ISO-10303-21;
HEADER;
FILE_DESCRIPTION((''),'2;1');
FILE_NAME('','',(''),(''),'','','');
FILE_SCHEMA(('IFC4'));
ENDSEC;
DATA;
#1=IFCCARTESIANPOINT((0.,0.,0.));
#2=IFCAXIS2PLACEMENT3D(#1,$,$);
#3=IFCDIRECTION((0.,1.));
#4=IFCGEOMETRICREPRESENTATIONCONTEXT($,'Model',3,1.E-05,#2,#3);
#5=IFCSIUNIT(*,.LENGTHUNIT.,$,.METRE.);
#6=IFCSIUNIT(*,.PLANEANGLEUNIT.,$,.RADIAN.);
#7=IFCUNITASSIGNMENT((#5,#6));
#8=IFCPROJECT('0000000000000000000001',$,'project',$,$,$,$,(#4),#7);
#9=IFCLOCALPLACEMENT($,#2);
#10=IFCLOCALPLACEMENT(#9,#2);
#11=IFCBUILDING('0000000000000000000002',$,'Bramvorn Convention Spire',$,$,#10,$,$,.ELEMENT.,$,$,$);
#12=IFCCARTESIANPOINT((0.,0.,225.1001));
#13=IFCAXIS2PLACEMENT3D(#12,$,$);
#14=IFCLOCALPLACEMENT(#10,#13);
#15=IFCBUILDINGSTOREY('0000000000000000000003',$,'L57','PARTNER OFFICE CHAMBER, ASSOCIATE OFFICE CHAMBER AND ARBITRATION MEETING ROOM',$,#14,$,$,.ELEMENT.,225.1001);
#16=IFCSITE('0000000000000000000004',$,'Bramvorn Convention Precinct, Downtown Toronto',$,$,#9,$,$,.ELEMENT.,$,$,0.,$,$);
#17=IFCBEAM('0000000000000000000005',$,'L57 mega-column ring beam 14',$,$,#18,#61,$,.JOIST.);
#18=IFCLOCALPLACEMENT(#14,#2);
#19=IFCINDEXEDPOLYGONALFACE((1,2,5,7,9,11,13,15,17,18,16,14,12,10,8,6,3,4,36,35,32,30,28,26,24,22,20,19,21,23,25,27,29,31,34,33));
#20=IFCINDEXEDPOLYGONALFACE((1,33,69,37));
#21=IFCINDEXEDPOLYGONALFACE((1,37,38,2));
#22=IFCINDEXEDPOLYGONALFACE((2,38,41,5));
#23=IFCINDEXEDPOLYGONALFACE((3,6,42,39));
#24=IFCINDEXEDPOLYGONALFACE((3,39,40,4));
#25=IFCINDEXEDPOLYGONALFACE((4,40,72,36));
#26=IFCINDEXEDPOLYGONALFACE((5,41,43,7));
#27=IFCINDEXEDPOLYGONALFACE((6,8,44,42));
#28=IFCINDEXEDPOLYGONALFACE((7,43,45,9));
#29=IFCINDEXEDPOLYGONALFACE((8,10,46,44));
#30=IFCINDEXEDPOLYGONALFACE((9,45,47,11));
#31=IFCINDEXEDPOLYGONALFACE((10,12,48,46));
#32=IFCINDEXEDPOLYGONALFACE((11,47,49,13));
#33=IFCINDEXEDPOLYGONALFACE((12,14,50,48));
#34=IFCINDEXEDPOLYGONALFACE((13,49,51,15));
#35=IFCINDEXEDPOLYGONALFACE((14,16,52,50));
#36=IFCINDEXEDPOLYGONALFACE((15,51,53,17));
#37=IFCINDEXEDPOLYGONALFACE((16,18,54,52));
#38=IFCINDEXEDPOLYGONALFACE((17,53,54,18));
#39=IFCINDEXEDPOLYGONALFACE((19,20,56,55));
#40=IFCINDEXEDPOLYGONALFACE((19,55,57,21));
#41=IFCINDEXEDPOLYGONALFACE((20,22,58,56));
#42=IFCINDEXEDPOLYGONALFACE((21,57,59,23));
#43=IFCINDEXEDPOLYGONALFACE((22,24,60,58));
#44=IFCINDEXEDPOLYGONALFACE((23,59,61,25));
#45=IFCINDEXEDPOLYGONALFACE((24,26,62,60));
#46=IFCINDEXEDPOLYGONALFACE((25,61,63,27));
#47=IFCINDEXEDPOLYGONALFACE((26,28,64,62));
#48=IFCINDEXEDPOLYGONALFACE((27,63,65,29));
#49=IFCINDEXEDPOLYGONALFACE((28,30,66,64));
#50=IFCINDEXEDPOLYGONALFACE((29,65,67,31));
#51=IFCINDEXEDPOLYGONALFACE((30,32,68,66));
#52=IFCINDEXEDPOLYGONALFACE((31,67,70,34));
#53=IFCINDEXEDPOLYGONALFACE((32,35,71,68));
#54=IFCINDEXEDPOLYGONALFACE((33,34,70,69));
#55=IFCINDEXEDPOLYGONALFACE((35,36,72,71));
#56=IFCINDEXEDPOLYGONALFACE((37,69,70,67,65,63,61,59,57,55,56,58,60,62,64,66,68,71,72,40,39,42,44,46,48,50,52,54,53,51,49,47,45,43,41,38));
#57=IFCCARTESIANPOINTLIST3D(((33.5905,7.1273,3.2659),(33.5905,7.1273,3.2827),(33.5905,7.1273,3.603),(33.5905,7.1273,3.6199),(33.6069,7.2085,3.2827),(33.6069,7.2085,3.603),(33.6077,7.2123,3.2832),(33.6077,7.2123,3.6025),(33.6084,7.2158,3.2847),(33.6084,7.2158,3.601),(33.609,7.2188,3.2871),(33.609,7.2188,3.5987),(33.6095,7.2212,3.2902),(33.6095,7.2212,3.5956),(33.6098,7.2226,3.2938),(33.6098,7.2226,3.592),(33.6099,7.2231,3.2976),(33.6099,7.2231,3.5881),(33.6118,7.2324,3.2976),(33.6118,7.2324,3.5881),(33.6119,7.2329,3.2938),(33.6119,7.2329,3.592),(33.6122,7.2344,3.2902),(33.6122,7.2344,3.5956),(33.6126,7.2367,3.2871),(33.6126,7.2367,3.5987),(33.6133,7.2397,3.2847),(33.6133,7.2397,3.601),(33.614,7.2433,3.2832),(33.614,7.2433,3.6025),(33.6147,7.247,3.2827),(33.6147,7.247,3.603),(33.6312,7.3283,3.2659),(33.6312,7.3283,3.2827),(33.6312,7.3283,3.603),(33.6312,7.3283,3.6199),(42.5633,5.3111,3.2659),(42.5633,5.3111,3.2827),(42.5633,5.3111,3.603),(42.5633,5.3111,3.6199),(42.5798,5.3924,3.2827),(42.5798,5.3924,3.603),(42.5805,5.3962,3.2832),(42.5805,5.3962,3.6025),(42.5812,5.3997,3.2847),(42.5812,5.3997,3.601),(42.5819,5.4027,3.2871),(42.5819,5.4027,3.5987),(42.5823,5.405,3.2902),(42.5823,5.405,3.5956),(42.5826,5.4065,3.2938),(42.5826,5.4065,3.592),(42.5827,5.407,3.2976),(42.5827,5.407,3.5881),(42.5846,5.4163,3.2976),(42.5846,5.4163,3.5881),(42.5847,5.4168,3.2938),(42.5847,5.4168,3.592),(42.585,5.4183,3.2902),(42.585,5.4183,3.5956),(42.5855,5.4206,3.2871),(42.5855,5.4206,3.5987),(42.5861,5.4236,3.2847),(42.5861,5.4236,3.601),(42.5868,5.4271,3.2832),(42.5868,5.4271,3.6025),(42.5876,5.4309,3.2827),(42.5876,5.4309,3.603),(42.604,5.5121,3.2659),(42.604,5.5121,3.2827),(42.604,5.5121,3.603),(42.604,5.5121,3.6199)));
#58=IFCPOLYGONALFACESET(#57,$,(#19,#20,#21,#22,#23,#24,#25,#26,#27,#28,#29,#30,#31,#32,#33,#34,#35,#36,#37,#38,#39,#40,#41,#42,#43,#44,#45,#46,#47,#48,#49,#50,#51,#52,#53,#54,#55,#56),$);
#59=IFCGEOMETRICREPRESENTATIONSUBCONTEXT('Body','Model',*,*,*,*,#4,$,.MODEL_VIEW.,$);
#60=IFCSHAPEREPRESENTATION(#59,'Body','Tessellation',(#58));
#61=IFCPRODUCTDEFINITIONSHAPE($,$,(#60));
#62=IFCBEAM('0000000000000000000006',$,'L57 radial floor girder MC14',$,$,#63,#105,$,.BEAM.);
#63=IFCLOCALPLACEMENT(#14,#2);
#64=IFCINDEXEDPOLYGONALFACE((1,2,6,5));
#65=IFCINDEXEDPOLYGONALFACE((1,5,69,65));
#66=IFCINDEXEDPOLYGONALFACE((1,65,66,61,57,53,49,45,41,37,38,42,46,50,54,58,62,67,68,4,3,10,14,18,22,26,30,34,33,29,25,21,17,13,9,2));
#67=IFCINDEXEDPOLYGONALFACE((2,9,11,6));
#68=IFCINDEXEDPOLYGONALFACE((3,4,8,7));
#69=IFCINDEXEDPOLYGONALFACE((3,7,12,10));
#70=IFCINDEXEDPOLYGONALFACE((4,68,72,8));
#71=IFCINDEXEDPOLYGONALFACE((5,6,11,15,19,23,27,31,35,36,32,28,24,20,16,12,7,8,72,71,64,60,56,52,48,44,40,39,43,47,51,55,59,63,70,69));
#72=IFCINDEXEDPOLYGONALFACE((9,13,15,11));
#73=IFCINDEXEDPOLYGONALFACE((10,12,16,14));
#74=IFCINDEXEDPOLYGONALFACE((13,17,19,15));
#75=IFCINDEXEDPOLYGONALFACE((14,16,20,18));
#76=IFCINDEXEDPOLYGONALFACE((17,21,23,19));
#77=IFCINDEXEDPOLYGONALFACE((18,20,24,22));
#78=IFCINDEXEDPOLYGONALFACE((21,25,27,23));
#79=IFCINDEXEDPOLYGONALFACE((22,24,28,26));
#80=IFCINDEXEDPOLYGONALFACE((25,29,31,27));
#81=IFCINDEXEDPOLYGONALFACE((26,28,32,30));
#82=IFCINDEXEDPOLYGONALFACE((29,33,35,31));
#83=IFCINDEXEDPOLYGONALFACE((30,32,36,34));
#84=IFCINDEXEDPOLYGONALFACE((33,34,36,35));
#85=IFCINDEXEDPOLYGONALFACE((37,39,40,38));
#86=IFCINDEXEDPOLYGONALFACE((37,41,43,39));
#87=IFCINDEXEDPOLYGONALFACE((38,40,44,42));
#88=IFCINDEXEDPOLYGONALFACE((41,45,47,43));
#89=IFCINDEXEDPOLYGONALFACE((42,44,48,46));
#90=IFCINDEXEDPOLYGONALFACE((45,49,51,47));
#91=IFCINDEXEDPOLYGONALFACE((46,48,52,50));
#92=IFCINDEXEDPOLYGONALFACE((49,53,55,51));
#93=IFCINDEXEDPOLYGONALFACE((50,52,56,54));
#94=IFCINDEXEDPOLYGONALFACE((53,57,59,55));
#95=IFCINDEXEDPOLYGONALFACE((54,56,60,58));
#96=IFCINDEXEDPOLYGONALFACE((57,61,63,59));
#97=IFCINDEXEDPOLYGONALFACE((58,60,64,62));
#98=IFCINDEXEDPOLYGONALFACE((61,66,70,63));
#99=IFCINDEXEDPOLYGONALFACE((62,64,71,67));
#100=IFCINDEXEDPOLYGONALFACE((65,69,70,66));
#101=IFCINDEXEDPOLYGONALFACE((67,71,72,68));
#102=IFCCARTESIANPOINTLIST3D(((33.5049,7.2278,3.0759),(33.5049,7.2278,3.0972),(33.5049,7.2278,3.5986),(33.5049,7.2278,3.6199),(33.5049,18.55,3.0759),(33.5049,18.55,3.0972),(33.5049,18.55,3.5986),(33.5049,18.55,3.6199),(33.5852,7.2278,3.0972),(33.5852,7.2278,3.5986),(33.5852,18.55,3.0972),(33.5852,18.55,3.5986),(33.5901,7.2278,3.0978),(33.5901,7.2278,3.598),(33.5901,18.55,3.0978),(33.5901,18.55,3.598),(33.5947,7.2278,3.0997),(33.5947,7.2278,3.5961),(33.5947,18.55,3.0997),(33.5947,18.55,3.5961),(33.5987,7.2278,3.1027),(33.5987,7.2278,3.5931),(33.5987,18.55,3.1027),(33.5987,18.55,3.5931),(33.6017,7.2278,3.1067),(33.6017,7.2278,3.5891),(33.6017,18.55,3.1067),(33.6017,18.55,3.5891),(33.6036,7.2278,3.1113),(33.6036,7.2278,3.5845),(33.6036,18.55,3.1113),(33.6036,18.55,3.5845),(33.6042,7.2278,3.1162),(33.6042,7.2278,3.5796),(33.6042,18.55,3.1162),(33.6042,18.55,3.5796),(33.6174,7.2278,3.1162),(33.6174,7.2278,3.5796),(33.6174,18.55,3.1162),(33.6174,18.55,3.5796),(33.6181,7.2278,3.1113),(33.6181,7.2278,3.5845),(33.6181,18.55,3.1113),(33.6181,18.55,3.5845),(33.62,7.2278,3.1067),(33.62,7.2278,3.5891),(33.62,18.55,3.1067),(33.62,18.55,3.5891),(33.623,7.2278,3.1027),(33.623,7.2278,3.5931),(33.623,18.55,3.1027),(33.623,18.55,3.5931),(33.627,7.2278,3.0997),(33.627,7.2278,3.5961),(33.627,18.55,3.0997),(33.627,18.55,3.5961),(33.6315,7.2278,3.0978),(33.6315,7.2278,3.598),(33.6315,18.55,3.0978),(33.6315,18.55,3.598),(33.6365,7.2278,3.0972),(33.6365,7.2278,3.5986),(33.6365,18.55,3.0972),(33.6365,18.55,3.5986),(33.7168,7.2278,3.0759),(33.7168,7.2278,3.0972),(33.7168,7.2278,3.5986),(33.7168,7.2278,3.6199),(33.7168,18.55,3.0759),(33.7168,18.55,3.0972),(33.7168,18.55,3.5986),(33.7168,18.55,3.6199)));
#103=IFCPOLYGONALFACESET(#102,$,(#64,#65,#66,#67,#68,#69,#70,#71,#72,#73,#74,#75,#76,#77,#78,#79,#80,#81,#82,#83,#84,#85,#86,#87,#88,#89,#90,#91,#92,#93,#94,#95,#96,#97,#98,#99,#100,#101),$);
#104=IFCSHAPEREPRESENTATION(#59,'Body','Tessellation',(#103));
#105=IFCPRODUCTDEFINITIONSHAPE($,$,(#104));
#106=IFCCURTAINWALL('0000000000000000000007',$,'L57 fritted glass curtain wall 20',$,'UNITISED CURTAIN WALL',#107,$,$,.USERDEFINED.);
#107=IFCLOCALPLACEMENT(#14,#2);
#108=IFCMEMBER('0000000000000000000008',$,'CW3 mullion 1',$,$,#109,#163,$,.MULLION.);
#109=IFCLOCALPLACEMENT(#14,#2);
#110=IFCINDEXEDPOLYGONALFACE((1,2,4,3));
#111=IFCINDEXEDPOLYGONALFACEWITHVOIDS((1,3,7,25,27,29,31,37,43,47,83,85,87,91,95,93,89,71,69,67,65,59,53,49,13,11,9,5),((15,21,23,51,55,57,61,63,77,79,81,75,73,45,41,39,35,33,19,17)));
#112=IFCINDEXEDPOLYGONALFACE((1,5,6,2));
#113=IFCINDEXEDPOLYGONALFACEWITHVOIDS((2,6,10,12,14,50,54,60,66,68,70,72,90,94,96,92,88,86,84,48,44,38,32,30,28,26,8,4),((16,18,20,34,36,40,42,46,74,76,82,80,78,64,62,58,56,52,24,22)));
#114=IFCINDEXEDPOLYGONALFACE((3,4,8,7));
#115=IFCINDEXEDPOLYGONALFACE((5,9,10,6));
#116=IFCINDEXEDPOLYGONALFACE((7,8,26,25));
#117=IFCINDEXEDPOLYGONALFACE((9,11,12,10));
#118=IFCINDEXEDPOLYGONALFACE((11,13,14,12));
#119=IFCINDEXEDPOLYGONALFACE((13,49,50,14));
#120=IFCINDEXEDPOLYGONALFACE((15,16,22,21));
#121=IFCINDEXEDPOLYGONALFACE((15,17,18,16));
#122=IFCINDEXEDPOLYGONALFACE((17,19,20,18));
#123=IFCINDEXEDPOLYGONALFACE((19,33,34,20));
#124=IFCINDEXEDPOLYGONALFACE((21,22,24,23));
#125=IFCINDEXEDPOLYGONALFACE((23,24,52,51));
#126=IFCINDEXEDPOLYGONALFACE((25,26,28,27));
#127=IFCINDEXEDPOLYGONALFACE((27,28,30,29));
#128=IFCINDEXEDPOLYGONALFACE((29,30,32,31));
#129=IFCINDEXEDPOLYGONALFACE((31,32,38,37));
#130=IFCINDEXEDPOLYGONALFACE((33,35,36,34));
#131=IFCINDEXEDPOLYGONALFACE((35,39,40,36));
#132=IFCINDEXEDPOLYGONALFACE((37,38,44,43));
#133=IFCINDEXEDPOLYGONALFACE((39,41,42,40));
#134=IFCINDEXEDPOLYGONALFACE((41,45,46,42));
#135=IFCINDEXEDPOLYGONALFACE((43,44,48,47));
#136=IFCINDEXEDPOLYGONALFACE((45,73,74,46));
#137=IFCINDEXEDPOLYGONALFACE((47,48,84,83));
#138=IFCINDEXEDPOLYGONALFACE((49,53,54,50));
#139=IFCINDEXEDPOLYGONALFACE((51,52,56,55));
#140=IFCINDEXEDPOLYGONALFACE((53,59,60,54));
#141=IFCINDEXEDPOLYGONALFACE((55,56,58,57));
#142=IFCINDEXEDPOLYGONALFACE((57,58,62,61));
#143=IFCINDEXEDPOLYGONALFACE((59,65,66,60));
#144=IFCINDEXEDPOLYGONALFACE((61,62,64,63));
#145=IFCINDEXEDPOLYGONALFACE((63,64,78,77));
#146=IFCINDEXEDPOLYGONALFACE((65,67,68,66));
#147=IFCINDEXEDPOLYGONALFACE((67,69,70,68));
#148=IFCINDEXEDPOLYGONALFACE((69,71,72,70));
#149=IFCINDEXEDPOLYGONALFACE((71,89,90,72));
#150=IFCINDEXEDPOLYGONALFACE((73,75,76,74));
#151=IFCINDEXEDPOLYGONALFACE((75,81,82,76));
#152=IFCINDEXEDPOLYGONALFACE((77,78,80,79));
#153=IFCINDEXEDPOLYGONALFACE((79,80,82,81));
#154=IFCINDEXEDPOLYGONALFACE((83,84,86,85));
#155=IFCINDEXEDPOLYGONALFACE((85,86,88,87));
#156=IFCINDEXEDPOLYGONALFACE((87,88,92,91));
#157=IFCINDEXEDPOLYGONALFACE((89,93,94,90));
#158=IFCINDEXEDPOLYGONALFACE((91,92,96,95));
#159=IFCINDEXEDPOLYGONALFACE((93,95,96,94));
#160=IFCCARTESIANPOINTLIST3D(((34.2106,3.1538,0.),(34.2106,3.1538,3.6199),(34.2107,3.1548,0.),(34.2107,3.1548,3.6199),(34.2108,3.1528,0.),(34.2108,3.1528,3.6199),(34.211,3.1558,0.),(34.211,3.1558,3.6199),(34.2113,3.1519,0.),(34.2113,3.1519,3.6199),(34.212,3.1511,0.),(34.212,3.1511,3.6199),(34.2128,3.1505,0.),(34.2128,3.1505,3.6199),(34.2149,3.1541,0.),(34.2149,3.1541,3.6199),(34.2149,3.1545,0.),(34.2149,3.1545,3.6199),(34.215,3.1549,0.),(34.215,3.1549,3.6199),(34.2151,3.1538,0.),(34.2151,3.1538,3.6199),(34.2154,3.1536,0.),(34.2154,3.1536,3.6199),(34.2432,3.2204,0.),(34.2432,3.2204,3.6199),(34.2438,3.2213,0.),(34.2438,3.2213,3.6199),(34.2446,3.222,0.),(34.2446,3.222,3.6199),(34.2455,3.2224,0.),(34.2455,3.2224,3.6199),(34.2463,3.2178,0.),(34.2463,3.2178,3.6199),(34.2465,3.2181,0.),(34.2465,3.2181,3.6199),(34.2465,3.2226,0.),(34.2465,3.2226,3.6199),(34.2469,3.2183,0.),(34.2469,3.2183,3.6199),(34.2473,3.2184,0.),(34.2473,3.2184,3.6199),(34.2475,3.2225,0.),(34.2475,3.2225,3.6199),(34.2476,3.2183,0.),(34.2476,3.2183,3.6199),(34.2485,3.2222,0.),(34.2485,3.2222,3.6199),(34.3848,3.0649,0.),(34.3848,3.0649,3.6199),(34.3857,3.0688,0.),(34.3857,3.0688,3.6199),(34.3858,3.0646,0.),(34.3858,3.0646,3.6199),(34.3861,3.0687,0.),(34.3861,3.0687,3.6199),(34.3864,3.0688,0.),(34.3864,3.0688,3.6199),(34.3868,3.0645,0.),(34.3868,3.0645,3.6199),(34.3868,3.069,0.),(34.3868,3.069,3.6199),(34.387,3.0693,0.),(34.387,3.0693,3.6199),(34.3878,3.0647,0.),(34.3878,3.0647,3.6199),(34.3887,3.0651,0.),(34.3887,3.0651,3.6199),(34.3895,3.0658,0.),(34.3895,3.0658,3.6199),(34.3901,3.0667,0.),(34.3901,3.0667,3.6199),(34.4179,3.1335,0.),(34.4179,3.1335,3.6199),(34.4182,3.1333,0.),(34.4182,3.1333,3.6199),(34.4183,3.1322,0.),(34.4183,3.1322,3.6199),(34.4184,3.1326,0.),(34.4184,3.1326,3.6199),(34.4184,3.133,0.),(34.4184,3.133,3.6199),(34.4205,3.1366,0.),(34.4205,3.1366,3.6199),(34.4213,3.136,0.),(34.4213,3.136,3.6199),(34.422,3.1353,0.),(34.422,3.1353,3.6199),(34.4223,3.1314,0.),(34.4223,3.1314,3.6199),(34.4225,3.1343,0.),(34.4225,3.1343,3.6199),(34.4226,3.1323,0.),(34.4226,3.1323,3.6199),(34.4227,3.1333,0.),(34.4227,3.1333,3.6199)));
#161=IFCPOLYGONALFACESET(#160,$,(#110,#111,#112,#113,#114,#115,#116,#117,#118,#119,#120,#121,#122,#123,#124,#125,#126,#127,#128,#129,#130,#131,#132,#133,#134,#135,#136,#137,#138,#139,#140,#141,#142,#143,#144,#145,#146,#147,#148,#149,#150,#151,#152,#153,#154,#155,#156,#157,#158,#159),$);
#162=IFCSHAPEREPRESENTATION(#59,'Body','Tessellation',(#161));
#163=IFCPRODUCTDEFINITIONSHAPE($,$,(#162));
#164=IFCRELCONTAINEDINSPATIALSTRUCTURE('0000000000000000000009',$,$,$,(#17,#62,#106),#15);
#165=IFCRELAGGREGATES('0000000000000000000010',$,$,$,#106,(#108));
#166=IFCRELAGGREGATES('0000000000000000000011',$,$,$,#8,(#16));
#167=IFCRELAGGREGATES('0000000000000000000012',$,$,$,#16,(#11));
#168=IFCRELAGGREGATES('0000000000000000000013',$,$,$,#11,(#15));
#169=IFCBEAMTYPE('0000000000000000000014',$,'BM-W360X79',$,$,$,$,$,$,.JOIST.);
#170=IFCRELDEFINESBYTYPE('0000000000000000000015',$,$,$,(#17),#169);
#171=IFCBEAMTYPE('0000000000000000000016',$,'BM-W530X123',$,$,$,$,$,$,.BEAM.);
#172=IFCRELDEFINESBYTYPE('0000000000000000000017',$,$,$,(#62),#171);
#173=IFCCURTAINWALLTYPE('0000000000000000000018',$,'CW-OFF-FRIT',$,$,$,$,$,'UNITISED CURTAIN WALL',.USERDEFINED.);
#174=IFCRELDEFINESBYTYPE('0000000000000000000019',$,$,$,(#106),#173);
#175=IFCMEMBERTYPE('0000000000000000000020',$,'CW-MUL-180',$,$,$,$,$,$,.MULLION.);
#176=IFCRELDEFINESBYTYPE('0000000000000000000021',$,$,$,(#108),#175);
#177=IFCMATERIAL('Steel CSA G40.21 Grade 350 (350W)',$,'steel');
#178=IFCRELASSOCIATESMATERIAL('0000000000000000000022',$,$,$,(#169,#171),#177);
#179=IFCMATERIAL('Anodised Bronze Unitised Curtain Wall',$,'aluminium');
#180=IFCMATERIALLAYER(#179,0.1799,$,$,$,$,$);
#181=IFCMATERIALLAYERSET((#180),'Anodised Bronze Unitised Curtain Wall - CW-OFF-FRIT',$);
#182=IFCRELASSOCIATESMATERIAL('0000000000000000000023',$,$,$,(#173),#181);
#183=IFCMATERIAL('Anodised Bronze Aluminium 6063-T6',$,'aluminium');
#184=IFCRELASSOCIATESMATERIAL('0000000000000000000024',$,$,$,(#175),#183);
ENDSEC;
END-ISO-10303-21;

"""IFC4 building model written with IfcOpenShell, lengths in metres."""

from ifc_helpers import new_model, si_unit, direction, frame, origin, origin_2d, place, context, subcontext, project, spatial, hollow_rectangle, i_section, extrude, material, layer, layer_set, material_profile, profile_set, type_object, element, aggregate, save


model = new_model("IFC4")

# Units and contexts
model_context = context("Model", 3, precision=1e-05, world=origin(), true_north=direction((0.0, 1.0)))
body_context = subcontext(model_context, "Body", "Model", "MODEL_VIEW")
ifc_project = project(units=[si_unit("LENGTHUNIT", "METRE"), si_unit("PLANEANGLEUNIT", "RADIAN")], contexts=[model_context])

# Site, building, storey
site_placement = place(None, origin())
site = spatial("IfcSite", under=ifc_project, at=site_placement, Name="Bramvorn Convention Precinct, Downtown Toronto", CompositionType="ELEMENT", RefElevation=0.0)
building_placement = place(site_placement, origin())
building = spatial("IfcBuilding", under=site, at=building_placement, Name="Bramvorn Convention Spire", CompositionType="ELEMENT")
storey_placement = place(building_placement, frame((0.0, 0.0, 225.1001)))
storey = spatial("IfcBuildingStorey", under=building, at=storey_placement, Name="L57", Description="PARTNER OFFICE CHAMBER, ASSOCIATE OFFICE CHAMBER AND ARBITRATION MEETING ROOM", CompositionType="ELEMENT", Elevation=225.1001)

# Shared definitions
ifc_material_1 = material(Name="Steel CSA G40.21 Grade 350 (350W)", Category="steel")

# Beams
ifc_material_profile_1 = material_profile(ifc_material_1, i_section(OverallWidth=0.2051, OverallDepth=0.354, WebThickness=0.0095, FlangeThickness=0.0168, FilletRadius=0.0149, at=origin_2d()))
ifc_profile_set_1 = profile_set([ifc_material_profile_1], Name="Steel CSA G40.21 Grade 350 (350W) - W360X79")
beam_type_1 = type_object("IfcBeamType", Name="BM-W360X79", PredefinedType="JOIST", material=ifc_profile_set_1)
beam_1_placement = place(storey_placement, frame((33.6108, 7.2278, 3.4429), z_axis=(0.980125, -0.198382, 0.0), x_axis=(0.198382, 0.980125, 0.0)))
element("IfcBeam", 1, at=beam_1_placement, inside=storey, type_object=beam_type_1, Name="L57 mega-column ring beam 14", PredefinedType="JOIST", context=body_context, shape_type="SweptSolid", body=[
    extrude(i_section(OverallWidth=0.2051, OverallDepth=0.354, WebThickness=0.0095, FlangeThickness=0.0168, FilletRadius=0.0149, at=origin_2d()), origin(), (0.0, 0.0, 1.0), 9.1548),
])
ifc_material_profile_2 = material_profile(ifc_material_1, i_section(OverallWidth=0.2119, OverallDepth=0.5439, WebThickness=0.0132, FlangeThickness=0.0212, FilletRadius=0.019, at=origin_2d()))
ifc_profile_set_2 = profile_set([ifc_material_profile_2], Name="Steel CSA G40.21 Grade 350 (350W) - W530X123")
beam_type_2 = type_object("IfcBeamType", Name="BM-W530X123", PredefinedType="BEAM", material=ifc_profile_set_2)
beam_2_placement = place(storey_placement, frame((33.6108, 18.55, 3.3479), z_axis=(0.0, -1.0, 0.0), x_axis=(1.0, 0.0, 0.0)))
element("IfcBeam", 2, at=beam_2_placement, inside=storey, type_object=beam_type_2, Name="L57 radial floor girder MC14", PredefinedType="BEAM", context=body_context, shape_type="SweptSolid", body=[
    extrude(i_section(OverallWidth=0.2119, OverallDepth=0.5439, WebThickness=0.0132, FlangeThickness=0.0212, FilletRadius=0.019, at=origin_2d()), origin(), (0.0, 0.0, 1.0), 11.3223),
])

# Curtain wall, member
ifc_material_2 = material(Name="Anodised Bronze Unitised Curtain Wall", Category="aluminium")
ifc_layer_1 = layer(ifc_material_2, 0.1799)
ifc_layer_set_1 = layer_set([ifc_layer_1], Name="Anodised Bronze Unitised Curtain Wall - CW-OFF-FRIT")
curtain_wall_type = type_object("IfcCurtainWallType", Name="CW-OFF-FRIT", ElementType="UNITISED CURTAIN WALL", PredefinedType="USERDEFINED", material=ifc_layer_set_1)
curtain_wall_1_placement = place(storey_placement, origin())
curtain_wall_1 = element("IfcCurtainWall", 3, at=curtain_wall_1_placement, inside=storey, type_object=curtain_wall_type, Name="L57 fritted glass curtain wall 20", ObjectType="UNITISED CURTAIN WALL", PredefinedType="USERDEFINED")
ifc_material_3 = material(Name="Anodised Bronze Aluminium 6063-T6", Category="aluminium")
ifc_material_profile_3 = material_profile(ifc_material_3, hollow_rectangle(XDim=0.0801, YDim=0.2, WallThickness=0.0039, InnerFilletRadius=0.001, OuterFilletRadius=0.0039, at=origin_2d()))
ifc_profile_set_3 = profile_set([ifc_material_profile_3], Name="Anodised Bronze Aluminium 6063-T6 - CWM80X200")
member_type_1 = type_object("IfcMemberType", Name="CW-MUL-180", PredefinedType="MULLION", material=ifc_profile_set_3)
member_1_placement = place(storey_placement, frame((34.3167, 3.1436, 0.0), z_axis=(0.0, 0.0, 1.0), x_axis=(-0.445566, -0.895249, 0.0)))
member_1 = element("IfcMember", 4, at=member_1_placement, type_object=member_type_1, Name="CW3 mullion 1", PredefinedType="MULLION", context=body_context, shape_type="SweptSolid", body=[
    extrude(hollow_rectangle(XDim=0.0801, YDim=0.2, WallThickness=0.0039, InnerFilletRadius=0.001, OuterFilletRadius=0.0039, at=origin_2d()), origin(), (0.0, 0.0, 1.0), 3.6199),
])

aggregate(curtain_wall_1, [member_1])

save(model, "model.ifc")
